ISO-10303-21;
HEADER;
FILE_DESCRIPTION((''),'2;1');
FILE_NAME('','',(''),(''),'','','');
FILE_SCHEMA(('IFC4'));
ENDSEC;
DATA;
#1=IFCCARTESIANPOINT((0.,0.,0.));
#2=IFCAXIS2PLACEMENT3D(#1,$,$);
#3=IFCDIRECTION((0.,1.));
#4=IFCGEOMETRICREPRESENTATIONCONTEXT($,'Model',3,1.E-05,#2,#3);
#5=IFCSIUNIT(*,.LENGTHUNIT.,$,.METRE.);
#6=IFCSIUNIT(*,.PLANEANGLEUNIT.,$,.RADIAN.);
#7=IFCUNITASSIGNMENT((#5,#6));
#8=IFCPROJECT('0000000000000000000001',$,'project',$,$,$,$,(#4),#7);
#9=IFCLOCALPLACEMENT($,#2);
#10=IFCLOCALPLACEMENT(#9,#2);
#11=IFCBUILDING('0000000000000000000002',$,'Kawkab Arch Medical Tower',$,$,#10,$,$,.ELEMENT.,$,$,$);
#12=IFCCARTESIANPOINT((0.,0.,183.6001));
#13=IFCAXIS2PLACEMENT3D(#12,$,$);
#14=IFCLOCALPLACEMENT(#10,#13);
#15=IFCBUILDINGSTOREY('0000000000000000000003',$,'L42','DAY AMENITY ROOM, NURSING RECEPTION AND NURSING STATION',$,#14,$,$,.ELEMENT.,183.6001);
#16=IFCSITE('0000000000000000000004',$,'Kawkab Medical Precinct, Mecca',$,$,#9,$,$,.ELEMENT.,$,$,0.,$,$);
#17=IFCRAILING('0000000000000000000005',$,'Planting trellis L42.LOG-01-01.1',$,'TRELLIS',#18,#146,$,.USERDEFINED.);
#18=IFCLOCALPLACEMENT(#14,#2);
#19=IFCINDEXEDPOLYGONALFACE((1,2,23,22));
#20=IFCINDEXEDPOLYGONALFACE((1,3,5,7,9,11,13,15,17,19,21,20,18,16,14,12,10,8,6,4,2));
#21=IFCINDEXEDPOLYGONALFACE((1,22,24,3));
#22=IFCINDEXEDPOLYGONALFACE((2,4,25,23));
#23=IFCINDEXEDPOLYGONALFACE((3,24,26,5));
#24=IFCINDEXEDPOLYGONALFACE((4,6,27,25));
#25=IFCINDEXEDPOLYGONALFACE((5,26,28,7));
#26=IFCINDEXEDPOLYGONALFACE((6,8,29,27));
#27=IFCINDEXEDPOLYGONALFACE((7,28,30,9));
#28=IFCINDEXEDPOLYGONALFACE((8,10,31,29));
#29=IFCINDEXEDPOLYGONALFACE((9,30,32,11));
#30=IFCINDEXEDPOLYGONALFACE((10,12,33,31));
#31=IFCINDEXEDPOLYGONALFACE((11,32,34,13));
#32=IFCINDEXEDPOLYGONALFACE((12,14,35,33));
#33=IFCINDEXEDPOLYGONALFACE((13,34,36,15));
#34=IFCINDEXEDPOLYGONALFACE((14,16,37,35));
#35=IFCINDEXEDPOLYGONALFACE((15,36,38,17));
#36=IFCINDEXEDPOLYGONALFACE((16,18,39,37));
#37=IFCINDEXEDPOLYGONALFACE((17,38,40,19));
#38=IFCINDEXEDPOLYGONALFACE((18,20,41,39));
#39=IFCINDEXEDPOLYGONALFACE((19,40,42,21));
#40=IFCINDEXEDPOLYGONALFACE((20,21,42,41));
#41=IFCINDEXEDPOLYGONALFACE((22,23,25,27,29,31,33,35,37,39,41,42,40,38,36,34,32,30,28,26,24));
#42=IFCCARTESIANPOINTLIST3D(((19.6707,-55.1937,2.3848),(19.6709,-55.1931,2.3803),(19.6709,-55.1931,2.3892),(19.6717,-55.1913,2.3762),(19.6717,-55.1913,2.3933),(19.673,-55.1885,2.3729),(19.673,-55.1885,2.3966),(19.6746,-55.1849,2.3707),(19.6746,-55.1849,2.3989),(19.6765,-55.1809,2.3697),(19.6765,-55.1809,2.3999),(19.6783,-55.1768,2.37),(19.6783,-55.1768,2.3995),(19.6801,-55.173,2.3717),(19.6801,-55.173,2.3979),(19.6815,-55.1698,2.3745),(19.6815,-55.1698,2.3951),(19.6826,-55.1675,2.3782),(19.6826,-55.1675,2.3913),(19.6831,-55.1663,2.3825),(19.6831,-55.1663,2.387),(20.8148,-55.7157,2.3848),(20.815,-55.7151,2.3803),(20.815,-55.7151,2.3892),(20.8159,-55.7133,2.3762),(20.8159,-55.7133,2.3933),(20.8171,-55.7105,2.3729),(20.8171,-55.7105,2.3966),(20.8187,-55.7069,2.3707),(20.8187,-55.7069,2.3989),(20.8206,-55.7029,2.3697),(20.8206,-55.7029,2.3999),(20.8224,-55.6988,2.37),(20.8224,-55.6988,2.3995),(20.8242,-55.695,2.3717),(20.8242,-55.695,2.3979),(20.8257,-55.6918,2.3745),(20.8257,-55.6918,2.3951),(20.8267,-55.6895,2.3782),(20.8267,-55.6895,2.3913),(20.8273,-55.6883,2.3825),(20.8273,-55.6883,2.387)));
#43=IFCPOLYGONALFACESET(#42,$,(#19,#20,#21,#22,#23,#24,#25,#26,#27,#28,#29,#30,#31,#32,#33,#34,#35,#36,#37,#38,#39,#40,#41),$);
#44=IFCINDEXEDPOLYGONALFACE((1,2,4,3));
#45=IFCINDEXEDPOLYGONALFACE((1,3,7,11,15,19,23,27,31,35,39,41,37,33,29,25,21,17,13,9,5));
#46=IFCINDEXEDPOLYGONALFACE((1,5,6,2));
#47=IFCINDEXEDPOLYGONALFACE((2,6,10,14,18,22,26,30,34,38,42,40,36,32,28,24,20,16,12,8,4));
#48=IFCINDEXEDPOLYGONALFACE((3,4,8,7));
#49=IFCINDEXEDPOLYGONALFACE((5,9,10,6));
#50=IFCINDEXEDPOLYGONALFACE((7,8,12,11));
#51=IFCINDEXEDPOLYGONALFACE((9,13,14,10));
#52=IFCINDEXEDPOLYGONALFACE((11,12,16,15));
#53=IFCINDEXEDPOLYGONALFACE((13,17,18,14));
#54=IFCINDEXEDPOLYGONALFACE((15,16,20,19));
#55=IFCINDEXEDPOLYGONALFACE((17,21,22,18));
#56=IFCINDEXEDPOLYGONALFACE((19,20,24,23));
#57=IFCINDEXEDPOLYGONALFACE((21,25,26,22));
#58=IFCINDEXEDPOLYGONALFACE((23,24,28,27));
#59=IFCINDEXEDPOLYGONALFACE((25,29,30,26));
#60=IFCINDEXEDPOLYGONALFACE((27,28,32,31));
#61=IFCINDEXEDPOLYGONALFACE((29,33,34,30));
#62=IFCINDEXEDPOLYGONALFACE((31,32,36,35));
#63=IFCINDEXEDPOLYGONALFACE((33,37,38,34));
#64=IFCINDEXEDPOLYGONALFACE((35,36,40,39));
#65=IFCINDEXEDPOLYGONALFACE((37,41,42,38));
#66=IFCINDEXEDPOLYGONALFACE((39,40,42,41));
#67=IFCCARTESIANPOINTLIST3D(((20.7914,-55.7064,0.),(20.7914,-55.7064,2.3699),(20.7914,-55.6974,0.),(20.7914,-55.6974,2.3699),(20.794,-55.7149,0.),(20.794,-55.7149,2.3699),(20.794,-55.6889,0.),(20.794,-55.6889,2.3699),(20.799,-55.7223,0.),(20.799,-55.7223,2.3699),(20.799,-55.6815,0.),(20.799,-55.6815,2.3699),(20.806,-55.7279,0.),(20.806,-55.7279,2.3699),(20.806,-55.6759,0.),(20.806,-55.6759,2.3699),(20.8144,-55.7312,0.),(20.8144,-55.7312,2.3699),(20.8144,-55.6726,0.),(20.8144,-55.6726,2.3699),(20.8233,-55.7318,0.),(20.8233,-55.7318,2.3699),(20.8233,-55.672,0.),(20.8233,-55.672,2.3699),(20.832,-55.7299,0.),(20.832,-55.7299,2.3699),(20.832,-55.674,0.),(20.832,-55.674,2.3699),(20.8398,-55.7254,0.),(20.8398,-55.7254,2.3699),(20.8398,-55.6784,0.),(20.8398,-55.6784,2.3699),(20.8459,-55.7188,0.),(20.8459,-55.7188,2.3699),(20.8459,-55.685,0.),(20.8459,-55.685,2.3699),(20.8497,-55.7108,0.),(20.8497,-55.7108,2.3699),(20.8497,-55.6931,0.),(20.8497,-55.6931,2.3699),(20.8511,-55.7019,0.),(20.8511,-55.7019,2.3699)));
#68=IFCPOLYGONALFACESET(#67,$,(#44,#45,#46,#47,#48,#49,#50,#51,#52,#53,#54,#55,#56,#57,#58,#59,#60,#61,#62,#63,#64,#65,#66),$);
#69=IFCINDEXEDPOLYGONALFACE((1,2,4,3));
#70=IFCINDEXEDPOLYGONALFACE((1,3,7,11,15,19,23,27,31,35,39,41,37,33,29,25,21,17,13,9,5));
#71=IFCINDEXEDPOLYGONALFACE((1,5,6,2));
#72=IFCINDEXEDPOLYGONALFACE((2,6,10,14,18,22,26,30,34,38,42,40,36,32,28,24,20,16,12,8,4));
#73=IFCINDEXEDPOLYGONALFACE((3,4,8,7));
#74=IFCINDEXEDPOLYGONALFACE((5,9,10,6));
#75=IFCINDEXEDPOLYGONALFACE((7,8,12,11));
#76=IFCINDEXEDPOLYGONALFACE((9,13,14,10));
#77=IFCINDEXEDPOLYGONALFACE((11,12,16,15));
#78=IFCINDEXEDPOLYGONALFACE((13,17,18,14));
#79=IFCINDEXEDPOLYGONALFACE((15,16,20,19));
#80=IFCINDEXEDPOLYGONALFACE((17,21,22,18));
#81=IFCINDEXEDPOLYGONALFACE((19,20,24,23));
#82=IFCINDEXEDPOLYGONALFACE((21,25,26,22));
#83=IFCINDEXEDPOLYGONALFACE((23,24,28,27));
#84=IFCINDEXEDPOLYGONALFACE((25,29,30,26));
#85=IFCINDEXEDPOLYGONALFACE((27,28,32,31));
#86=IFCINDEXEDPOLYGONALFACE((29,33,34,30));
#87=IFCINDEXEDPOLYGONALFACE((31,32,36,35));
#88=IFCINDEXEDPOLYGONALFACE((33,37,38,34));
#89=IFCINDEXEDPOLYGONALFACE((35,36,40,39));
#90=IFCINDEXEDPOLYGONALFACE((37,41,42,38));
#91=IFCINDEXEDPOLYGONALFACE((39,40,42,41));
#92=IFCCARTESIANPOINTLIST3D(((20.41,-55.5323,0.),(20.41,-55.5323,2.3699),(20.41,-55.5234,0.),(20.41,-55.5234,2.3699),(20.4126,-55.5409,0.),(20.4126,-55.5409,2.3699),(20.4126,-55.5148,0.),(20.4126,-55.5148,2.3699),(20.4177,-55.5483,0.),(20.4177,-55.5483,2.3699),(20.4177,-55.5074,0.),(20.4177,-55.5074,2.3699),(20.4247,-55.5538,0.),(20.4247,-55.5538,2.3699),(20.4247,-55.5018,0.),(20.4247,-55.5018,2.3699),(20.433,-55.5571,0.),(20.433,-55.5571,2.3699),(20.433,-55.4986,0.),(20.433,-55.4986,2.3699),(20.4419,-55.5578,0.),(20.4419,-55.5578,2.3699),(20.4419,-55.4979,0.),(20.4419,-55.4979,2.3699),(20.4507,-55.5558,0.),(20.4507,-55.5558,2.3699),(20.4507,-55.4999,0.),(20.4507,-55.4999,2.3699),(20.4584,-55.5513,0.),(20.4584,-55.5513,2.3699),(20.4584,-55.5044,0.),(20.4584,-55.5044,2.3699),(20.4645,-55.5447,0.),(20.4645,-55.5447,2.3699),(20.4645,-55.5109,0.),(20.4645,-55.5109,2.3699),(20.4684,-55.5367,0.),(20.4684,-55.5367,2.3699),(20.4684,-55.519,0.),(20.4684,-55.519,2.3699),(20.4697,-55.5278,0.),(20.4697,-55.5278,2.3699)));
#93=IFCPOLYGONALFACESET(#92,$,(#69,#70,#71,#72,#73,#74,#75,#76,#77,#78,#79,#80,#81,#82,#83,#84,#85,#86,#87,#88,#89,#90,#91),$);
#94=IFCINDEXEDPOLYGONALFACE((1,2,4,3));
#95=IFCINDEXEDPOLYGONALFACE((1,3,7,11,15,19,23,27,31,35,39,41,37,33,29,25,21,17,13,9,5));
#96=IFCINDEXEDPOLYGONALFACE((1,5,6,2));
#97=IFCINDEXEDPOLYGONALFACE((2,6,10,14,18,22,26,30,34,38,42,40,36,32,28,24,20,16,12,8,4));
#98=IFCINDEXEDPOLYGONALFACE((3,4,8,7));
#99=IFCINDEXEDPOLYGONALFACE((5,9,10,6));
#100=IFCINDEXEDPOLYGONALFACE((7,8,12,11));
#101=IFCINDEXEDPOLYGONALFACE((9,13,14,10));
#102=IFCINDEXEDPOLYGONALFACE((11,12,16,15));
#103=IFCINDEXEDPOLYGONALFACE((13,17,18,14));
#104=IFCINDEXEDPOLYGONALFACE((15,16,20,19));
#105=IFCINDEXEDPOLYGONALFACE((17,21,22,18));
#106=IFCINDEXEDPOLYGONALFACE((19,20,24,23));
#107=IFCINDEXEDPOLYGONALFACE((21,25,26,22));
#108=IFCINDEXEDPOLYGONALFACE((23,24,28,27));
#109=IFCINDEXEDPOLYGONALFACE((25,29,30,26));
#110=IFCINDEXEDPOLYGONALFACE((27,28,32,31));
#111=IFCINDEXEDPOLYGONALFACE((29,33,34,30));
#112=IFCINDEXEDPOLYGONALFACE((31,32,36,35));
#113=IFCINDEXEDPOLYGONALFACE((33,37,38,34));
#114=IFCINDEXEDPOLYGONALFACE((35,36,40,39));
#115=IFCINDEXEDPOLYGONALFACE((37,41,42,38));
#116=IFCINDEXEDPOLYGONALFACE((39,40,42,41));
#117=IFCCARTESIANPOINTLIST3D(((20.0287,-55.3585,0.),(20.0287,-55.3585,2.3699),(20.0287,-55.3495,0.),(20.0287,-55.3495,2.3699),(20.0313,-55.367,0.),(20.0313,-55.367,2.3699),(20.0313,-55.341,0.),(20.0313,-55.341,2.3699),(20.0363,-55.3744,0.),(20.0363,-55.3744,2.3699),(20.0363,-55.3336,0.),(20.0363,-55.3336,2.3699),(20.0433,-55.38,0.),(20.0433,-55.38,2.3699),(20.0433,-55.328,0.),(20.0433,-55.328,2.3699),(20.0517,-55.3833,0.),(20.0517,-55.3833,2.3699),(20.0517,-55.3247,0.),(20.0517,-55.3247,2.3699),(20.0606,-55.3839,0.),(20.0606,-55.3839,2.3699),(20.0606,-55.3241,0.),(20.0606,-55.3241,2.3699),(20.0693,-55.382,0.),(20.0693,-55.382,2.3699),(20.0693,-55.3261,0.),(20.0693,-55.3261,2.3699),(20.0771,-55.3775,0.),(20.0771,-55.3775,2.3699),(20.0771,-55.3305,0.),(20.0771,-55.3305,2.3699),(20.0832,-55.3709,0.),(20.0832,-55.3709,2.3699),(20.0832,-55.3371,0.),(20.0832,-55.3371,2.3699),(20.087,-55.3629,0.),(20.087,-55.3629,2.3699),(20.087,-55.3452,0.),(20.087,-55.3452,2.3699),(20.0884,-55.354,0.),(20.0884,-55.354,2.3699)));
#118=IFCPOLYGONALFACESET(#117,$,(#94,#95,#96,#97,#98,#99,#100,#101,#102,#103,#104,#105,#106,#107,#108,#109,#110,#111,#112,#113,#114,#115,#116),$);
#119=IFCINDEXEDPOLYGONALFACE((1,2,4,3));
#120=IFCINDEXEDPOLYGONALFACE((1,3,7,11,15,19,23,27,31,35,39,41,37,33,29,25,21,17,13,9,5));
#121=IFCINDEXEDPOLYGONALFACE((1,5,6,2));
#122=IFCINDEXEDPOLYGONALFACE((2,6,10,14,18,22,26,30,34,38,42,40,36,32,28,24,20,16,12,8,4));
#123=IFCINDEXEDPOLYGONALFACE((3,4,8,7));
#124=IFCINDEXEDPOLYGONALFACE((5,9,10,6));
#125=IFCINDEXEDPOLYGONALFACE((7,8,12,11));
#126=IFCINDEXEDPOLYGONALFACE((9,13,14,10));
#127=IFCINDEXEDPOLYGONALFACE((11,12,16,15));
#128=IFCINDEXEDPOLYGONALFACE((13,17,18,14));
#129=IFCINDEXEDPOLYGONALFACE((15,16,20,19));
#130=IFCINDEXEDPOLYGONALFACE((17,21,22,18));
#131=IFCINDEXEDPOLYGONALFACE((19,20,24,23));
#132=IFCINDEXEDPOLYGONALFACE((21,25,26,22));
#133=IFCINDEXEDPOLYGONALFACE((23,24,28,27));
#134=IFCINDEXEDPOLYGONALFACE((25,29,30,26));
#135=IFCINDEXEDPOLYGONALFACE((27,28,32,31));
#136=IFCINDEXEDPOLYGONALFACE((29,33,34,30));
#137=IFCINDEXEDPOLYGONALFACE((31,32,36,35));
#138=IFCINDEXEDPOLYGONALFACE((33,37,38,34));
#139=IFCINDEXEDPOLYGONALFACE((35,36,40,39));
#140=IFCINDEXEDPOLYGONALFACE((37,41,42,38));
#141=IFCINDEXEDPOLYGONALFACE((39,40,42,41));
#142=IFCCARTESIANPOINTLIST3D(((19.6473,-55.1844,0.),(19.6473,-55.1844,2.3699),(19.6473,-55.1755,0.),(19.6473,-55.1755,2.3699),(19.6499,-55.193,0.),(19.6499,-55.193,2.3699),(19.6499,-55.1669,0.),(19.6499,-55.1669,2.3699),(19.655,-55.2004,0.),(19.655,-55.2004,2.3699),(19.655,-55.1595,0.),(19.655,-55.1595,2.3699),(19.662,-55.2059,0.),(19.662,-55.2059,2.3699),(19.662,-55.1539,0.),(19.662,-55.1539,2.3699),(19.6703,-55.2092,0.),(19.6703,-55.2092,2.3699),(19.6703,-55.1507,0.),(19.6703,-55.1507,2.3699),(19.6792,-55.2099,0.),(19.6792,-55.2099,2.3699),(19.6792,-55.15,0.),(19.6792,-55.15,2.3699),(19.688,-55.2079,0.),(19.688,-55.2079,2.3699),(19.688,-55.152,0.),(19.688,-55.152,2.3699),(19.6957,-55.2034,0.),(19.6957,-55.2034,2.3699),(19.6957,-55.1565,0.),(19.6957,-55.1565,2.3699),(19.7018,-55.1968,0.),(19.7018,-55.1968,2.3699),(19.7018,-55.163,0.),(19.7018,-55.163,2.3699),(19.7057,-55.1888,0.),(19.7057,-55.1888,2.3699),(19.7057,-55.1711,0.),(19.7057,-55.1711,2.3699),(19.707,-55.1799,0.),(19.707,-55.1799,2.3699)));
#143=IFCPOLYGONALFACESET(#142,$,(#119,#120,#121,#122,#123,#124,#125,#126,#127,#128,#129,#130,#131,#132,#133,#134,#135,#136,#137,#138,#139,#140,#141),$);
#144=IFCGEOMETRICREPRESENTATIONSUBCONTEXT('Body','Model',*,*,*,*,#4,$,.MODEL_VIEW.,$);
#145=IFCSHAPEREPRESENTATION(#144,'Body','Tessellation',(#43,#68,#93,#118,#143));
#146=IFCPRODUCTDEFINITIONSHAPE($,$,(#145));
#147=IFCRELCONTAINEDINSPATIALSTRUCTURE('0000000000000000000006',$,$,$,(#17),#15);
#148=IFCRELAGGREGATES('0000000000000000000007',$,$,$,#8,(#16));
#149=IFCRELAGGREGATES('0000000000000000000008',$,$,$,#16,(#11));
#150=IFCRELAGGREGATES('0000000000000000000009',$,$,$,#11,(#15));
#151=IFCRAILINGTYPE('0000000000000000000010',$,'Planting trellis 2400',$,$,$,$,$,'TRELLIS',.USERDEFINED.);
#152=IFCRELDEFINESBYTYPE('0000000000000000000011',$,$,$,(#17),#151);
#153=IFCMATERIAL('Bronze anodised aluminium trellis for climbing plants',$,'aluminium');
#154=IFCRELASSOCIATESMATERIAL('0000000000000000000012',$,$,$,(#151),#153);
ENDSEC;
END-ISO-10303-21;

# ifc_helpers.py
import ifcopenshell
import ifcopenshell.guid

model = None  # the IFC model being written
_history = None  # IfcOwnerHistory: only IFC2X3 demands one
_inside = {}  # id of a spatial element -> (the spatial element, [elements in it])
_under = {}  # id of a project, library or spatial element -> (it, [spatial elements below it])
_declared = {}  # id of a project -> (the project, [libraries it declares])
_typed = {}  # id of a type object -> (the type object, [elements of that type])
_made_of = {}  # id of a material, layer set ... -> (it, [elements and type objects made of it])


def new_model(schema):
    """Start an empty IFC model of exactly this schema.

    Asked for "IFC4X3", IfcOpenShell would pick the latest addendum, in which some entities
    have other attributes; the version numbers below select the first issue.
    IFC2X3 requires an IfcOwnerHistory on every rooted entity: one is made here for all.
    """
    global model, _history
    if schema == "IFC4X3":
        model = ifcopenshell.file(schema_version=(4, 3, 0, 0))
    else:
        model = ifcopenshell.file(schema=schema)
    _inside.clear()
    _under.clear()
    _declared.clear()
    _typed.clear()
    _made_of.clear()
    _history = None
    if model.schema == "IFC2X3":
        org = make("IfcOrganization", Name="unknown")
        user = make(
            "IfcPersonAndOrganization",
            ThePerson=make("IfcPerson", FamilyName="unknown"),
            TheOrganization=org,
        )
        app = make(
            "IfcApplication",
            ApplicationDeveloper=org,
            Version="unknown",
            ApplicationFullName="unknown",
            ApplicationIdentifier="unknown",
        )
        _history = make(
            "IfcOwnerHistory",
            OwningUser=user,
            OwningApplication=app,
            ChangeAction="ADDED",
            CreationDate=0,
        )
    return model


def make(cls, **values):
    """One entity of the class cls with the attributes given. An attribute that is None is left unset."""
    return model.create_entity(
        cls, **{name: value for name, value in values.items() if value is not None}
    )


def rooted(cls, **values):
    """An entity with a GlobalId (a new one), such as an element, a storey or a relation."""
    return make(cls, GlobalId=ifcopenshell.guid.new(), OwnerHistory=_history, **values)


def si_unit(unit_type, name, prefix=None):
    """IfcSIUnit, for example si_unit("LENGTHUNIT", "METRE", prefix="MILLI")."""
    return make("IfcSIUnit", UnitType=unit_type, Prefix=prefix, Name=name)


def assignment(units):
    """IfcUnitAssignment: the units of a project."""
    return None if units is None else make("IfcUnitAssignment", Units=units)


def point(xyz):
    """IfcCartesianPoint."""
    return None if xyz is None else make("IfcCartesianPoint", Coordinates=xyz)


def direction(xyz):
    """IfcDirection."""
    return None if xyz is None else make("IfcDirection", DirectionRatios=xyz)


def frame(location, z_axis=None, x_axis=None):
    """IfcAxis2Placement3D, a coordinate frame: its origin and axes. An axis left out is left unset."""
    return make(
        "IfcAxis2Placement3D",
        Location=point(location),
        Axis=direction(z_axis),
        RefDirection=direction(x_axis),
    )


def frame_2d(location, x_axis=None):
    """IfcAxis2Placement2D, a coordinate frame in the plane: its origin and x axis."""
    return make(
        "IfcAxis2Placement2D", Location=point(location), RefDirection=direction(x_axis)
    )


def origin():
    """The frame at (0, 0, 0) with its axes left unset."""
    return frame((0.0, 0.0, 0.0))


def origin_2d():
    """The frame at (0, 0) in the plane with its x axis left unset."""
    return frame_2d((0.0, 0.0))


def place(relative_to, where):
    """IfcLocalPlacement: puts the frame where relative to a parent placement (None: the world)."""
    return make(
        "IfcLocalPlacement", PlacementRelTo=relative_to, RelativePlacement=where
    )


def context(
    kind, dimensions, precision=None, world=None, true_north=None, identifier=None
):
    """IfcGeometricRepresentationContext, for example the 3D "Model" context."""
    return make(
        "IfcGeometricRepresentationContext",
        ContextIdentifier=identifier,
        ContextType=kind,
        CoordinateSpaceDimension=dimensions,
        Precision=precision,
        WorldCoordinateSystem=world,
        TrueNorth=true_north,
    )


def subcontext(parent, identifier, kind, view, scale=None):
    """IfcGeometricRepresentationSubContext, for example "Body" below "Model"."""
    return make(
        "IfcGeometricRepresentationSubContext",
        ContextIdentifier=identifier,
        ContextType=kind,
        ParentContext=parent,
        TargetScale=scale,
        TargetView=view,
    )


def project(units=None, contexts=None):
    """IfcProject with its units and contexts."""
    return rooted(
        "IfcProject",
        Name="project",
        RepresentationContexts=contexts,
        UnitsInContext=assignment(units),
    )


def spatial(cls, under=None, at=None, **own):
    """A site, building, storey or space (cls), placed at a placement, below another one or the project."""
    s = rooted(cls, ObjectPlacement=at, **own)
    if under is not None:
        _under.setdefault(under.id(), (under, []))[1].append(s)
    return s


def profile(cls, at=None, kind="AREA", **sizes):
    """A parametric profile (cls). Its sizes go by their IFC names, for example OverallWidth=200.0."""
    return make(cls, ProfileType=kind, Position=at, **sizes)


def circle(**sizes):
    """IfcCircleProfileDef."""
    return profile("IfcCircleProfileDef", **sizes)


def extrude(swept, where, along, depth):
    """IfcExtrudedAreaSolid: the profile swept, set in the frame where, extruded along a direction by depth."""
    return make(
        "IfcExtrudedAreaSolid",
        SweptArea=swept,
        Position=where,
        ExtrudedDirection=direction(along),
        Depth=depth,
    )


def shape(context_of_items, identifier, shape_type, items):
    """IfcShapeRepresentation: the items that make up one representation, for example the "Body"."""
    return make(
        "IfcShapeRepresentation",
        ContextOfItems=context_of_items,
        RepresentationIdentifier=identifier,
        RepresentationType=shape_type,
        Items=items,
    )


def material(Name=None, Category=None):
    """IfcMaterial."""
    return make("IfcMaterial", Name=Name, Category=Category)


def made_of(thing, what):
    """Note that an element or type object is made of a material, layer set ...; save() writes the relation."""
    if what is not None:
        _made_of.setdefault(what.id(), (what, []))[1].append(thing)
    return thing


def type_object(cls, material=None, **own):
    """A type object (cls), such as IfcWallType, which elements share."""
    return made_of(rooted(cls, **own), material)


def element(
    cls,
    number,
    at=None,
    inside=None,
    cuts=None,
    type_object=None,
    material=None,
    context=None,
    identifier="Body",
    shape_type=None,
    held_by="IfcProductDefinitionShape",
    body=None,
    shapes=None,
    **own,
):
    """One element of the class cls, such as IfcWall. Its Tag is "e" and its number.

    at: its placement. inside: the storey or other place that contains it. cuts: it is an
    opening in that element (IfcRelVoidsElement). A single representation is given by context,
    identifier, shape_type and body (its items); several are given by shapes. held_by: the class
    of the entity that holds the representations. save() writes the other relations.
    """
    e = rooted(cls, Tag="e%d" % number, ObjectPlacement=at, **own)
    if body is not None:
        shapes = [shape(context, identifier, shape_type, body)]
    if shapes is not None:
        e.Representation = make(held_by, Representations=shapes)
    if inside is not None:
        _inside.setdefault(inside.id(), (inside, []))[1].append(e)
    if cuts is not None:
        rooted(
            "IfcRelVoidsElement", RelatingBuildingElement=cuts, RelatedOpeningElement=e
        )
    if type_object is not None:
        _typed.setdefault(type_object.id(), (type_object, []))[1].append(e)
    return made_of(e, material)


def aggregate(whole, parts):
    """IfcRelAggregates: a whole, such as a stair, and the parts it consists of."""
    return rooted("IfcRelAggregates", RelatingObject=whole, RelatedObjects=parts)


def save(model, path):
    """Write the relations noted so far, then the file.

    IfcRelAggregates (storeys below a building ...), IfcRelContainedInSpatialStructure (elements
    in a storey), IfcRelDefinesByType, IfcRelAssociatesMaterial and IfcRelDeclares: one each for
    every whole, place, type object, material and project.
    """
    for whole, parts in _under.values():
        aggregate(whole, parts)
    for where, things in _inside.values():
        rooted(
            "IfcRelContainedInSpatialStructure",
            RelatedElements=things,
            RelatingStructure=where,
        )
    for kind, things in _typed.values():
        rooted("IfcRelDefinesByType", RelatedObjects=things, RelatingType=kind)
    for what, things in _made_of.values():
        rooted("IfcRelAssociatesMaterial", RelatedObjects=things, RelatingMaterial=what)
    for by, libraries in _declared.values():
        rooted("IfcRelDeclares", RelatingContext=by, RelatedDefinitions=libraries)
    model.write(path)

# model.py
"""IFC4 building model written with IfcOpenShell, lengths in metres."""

from ifc_helpers import new_model, si_unit, direction, frame, origin, origin_2d, place, context, subcontext, project, spatial, circle, extrude, material, type_object, element, save


model = new_model("IFC4")

# Units and contexts
model_context = context("Model", 3, precision=1e-05, world=origin(), true_north=direction((0.0, 1.0)))
body_context = subcontext(model_context, "Body", "Model", "MODEL_VIEW")
ifc_project = project(units=[si_unit("LENGTHUNIT", "METRE"), si_unit("PLANEANGLEUNIT", "RADIAN")], contexts=[model_context])

# Site, building, storey
site_placement = place(None, origin())
site = spatial("IfcSite", under=ifc_project, at=site_placement, Name="Kawkab Medical Precinct, Mecca", CompositionType="ELEMENT", RefElevation=0.0)
building_placement = place(site_placement, origin())
building = spatial("IfcBuilding", under=site, at=building_placement, Name="Kawkab Arch Medical Tower", CompositionType="ELEMENT")
storey_placement = place(building_placement, frame((0.0, 0.0, 183.6001)))
storey = spatial("IfcBuildingStorey", under=building, at=storey_placement, Name="L42", Description="DAY AMENITY ROOM, NURSING RECEPTION AND NURSING STATION", CompositionType="ELEMENT", Elevation=183.6001)

# Railing
ifc_material_1 = material(Name="Bronze anodised aluminium trellis for climbing plants", Category="aluminium")
railing_type_1 = type_object("IfcRailingType", Name="Planting trellis 2400", ElementType="TRELLIS", PredefinedType="USERDEFINED", material=ifc_material_1)
railing_1_placement = place(storey_placement, frame((20.821, -55.7019, 0.0)))
element("IfcRailing", 1, at=railing_1_placement, inside=storey, type_object=railing_type_1, Name="Planting trellis L42.LOG-01-01.1", ObjectType="TRELLIS", PredefinedType="USERDEFINED", context=body_context, shape_type="SweptSolid", body=[
    extrude(circle(Radius=0.0151, at=origin_2d()), frame((0.0, 0.0, 2.3848), z_axis=(-0.90978, 0.41509, 0.0), x_axis=(-0.41509, -0.90978, 0.0)), (0.0, 0.0, 1.0), 1.2576),
    extrude(circle(Radius=0.03, at=origin_2d()), origin(), (0.0, 0.0, 1.0), 2.3699),
    extrude(circle(Radius=0.03, at=origin_2d()), frame((-0.3813, 0.1741, 0.0)), (0.0, 0.0, 1.0), 2.3699),
    extrude(circle(Radius=0.03, at=origin_2d()), frame((-0.7627, 0.3479, 0.0)), (0.0, 0.0, 1.0), 2.3699),
    extrude(circle(Radius=0.03, at=origin_2d()), frame((-1.144, 0.522, 0.0)), (0.0, 0.0, 1.0), 2.3699),
])

save(model, "model.ifc")
